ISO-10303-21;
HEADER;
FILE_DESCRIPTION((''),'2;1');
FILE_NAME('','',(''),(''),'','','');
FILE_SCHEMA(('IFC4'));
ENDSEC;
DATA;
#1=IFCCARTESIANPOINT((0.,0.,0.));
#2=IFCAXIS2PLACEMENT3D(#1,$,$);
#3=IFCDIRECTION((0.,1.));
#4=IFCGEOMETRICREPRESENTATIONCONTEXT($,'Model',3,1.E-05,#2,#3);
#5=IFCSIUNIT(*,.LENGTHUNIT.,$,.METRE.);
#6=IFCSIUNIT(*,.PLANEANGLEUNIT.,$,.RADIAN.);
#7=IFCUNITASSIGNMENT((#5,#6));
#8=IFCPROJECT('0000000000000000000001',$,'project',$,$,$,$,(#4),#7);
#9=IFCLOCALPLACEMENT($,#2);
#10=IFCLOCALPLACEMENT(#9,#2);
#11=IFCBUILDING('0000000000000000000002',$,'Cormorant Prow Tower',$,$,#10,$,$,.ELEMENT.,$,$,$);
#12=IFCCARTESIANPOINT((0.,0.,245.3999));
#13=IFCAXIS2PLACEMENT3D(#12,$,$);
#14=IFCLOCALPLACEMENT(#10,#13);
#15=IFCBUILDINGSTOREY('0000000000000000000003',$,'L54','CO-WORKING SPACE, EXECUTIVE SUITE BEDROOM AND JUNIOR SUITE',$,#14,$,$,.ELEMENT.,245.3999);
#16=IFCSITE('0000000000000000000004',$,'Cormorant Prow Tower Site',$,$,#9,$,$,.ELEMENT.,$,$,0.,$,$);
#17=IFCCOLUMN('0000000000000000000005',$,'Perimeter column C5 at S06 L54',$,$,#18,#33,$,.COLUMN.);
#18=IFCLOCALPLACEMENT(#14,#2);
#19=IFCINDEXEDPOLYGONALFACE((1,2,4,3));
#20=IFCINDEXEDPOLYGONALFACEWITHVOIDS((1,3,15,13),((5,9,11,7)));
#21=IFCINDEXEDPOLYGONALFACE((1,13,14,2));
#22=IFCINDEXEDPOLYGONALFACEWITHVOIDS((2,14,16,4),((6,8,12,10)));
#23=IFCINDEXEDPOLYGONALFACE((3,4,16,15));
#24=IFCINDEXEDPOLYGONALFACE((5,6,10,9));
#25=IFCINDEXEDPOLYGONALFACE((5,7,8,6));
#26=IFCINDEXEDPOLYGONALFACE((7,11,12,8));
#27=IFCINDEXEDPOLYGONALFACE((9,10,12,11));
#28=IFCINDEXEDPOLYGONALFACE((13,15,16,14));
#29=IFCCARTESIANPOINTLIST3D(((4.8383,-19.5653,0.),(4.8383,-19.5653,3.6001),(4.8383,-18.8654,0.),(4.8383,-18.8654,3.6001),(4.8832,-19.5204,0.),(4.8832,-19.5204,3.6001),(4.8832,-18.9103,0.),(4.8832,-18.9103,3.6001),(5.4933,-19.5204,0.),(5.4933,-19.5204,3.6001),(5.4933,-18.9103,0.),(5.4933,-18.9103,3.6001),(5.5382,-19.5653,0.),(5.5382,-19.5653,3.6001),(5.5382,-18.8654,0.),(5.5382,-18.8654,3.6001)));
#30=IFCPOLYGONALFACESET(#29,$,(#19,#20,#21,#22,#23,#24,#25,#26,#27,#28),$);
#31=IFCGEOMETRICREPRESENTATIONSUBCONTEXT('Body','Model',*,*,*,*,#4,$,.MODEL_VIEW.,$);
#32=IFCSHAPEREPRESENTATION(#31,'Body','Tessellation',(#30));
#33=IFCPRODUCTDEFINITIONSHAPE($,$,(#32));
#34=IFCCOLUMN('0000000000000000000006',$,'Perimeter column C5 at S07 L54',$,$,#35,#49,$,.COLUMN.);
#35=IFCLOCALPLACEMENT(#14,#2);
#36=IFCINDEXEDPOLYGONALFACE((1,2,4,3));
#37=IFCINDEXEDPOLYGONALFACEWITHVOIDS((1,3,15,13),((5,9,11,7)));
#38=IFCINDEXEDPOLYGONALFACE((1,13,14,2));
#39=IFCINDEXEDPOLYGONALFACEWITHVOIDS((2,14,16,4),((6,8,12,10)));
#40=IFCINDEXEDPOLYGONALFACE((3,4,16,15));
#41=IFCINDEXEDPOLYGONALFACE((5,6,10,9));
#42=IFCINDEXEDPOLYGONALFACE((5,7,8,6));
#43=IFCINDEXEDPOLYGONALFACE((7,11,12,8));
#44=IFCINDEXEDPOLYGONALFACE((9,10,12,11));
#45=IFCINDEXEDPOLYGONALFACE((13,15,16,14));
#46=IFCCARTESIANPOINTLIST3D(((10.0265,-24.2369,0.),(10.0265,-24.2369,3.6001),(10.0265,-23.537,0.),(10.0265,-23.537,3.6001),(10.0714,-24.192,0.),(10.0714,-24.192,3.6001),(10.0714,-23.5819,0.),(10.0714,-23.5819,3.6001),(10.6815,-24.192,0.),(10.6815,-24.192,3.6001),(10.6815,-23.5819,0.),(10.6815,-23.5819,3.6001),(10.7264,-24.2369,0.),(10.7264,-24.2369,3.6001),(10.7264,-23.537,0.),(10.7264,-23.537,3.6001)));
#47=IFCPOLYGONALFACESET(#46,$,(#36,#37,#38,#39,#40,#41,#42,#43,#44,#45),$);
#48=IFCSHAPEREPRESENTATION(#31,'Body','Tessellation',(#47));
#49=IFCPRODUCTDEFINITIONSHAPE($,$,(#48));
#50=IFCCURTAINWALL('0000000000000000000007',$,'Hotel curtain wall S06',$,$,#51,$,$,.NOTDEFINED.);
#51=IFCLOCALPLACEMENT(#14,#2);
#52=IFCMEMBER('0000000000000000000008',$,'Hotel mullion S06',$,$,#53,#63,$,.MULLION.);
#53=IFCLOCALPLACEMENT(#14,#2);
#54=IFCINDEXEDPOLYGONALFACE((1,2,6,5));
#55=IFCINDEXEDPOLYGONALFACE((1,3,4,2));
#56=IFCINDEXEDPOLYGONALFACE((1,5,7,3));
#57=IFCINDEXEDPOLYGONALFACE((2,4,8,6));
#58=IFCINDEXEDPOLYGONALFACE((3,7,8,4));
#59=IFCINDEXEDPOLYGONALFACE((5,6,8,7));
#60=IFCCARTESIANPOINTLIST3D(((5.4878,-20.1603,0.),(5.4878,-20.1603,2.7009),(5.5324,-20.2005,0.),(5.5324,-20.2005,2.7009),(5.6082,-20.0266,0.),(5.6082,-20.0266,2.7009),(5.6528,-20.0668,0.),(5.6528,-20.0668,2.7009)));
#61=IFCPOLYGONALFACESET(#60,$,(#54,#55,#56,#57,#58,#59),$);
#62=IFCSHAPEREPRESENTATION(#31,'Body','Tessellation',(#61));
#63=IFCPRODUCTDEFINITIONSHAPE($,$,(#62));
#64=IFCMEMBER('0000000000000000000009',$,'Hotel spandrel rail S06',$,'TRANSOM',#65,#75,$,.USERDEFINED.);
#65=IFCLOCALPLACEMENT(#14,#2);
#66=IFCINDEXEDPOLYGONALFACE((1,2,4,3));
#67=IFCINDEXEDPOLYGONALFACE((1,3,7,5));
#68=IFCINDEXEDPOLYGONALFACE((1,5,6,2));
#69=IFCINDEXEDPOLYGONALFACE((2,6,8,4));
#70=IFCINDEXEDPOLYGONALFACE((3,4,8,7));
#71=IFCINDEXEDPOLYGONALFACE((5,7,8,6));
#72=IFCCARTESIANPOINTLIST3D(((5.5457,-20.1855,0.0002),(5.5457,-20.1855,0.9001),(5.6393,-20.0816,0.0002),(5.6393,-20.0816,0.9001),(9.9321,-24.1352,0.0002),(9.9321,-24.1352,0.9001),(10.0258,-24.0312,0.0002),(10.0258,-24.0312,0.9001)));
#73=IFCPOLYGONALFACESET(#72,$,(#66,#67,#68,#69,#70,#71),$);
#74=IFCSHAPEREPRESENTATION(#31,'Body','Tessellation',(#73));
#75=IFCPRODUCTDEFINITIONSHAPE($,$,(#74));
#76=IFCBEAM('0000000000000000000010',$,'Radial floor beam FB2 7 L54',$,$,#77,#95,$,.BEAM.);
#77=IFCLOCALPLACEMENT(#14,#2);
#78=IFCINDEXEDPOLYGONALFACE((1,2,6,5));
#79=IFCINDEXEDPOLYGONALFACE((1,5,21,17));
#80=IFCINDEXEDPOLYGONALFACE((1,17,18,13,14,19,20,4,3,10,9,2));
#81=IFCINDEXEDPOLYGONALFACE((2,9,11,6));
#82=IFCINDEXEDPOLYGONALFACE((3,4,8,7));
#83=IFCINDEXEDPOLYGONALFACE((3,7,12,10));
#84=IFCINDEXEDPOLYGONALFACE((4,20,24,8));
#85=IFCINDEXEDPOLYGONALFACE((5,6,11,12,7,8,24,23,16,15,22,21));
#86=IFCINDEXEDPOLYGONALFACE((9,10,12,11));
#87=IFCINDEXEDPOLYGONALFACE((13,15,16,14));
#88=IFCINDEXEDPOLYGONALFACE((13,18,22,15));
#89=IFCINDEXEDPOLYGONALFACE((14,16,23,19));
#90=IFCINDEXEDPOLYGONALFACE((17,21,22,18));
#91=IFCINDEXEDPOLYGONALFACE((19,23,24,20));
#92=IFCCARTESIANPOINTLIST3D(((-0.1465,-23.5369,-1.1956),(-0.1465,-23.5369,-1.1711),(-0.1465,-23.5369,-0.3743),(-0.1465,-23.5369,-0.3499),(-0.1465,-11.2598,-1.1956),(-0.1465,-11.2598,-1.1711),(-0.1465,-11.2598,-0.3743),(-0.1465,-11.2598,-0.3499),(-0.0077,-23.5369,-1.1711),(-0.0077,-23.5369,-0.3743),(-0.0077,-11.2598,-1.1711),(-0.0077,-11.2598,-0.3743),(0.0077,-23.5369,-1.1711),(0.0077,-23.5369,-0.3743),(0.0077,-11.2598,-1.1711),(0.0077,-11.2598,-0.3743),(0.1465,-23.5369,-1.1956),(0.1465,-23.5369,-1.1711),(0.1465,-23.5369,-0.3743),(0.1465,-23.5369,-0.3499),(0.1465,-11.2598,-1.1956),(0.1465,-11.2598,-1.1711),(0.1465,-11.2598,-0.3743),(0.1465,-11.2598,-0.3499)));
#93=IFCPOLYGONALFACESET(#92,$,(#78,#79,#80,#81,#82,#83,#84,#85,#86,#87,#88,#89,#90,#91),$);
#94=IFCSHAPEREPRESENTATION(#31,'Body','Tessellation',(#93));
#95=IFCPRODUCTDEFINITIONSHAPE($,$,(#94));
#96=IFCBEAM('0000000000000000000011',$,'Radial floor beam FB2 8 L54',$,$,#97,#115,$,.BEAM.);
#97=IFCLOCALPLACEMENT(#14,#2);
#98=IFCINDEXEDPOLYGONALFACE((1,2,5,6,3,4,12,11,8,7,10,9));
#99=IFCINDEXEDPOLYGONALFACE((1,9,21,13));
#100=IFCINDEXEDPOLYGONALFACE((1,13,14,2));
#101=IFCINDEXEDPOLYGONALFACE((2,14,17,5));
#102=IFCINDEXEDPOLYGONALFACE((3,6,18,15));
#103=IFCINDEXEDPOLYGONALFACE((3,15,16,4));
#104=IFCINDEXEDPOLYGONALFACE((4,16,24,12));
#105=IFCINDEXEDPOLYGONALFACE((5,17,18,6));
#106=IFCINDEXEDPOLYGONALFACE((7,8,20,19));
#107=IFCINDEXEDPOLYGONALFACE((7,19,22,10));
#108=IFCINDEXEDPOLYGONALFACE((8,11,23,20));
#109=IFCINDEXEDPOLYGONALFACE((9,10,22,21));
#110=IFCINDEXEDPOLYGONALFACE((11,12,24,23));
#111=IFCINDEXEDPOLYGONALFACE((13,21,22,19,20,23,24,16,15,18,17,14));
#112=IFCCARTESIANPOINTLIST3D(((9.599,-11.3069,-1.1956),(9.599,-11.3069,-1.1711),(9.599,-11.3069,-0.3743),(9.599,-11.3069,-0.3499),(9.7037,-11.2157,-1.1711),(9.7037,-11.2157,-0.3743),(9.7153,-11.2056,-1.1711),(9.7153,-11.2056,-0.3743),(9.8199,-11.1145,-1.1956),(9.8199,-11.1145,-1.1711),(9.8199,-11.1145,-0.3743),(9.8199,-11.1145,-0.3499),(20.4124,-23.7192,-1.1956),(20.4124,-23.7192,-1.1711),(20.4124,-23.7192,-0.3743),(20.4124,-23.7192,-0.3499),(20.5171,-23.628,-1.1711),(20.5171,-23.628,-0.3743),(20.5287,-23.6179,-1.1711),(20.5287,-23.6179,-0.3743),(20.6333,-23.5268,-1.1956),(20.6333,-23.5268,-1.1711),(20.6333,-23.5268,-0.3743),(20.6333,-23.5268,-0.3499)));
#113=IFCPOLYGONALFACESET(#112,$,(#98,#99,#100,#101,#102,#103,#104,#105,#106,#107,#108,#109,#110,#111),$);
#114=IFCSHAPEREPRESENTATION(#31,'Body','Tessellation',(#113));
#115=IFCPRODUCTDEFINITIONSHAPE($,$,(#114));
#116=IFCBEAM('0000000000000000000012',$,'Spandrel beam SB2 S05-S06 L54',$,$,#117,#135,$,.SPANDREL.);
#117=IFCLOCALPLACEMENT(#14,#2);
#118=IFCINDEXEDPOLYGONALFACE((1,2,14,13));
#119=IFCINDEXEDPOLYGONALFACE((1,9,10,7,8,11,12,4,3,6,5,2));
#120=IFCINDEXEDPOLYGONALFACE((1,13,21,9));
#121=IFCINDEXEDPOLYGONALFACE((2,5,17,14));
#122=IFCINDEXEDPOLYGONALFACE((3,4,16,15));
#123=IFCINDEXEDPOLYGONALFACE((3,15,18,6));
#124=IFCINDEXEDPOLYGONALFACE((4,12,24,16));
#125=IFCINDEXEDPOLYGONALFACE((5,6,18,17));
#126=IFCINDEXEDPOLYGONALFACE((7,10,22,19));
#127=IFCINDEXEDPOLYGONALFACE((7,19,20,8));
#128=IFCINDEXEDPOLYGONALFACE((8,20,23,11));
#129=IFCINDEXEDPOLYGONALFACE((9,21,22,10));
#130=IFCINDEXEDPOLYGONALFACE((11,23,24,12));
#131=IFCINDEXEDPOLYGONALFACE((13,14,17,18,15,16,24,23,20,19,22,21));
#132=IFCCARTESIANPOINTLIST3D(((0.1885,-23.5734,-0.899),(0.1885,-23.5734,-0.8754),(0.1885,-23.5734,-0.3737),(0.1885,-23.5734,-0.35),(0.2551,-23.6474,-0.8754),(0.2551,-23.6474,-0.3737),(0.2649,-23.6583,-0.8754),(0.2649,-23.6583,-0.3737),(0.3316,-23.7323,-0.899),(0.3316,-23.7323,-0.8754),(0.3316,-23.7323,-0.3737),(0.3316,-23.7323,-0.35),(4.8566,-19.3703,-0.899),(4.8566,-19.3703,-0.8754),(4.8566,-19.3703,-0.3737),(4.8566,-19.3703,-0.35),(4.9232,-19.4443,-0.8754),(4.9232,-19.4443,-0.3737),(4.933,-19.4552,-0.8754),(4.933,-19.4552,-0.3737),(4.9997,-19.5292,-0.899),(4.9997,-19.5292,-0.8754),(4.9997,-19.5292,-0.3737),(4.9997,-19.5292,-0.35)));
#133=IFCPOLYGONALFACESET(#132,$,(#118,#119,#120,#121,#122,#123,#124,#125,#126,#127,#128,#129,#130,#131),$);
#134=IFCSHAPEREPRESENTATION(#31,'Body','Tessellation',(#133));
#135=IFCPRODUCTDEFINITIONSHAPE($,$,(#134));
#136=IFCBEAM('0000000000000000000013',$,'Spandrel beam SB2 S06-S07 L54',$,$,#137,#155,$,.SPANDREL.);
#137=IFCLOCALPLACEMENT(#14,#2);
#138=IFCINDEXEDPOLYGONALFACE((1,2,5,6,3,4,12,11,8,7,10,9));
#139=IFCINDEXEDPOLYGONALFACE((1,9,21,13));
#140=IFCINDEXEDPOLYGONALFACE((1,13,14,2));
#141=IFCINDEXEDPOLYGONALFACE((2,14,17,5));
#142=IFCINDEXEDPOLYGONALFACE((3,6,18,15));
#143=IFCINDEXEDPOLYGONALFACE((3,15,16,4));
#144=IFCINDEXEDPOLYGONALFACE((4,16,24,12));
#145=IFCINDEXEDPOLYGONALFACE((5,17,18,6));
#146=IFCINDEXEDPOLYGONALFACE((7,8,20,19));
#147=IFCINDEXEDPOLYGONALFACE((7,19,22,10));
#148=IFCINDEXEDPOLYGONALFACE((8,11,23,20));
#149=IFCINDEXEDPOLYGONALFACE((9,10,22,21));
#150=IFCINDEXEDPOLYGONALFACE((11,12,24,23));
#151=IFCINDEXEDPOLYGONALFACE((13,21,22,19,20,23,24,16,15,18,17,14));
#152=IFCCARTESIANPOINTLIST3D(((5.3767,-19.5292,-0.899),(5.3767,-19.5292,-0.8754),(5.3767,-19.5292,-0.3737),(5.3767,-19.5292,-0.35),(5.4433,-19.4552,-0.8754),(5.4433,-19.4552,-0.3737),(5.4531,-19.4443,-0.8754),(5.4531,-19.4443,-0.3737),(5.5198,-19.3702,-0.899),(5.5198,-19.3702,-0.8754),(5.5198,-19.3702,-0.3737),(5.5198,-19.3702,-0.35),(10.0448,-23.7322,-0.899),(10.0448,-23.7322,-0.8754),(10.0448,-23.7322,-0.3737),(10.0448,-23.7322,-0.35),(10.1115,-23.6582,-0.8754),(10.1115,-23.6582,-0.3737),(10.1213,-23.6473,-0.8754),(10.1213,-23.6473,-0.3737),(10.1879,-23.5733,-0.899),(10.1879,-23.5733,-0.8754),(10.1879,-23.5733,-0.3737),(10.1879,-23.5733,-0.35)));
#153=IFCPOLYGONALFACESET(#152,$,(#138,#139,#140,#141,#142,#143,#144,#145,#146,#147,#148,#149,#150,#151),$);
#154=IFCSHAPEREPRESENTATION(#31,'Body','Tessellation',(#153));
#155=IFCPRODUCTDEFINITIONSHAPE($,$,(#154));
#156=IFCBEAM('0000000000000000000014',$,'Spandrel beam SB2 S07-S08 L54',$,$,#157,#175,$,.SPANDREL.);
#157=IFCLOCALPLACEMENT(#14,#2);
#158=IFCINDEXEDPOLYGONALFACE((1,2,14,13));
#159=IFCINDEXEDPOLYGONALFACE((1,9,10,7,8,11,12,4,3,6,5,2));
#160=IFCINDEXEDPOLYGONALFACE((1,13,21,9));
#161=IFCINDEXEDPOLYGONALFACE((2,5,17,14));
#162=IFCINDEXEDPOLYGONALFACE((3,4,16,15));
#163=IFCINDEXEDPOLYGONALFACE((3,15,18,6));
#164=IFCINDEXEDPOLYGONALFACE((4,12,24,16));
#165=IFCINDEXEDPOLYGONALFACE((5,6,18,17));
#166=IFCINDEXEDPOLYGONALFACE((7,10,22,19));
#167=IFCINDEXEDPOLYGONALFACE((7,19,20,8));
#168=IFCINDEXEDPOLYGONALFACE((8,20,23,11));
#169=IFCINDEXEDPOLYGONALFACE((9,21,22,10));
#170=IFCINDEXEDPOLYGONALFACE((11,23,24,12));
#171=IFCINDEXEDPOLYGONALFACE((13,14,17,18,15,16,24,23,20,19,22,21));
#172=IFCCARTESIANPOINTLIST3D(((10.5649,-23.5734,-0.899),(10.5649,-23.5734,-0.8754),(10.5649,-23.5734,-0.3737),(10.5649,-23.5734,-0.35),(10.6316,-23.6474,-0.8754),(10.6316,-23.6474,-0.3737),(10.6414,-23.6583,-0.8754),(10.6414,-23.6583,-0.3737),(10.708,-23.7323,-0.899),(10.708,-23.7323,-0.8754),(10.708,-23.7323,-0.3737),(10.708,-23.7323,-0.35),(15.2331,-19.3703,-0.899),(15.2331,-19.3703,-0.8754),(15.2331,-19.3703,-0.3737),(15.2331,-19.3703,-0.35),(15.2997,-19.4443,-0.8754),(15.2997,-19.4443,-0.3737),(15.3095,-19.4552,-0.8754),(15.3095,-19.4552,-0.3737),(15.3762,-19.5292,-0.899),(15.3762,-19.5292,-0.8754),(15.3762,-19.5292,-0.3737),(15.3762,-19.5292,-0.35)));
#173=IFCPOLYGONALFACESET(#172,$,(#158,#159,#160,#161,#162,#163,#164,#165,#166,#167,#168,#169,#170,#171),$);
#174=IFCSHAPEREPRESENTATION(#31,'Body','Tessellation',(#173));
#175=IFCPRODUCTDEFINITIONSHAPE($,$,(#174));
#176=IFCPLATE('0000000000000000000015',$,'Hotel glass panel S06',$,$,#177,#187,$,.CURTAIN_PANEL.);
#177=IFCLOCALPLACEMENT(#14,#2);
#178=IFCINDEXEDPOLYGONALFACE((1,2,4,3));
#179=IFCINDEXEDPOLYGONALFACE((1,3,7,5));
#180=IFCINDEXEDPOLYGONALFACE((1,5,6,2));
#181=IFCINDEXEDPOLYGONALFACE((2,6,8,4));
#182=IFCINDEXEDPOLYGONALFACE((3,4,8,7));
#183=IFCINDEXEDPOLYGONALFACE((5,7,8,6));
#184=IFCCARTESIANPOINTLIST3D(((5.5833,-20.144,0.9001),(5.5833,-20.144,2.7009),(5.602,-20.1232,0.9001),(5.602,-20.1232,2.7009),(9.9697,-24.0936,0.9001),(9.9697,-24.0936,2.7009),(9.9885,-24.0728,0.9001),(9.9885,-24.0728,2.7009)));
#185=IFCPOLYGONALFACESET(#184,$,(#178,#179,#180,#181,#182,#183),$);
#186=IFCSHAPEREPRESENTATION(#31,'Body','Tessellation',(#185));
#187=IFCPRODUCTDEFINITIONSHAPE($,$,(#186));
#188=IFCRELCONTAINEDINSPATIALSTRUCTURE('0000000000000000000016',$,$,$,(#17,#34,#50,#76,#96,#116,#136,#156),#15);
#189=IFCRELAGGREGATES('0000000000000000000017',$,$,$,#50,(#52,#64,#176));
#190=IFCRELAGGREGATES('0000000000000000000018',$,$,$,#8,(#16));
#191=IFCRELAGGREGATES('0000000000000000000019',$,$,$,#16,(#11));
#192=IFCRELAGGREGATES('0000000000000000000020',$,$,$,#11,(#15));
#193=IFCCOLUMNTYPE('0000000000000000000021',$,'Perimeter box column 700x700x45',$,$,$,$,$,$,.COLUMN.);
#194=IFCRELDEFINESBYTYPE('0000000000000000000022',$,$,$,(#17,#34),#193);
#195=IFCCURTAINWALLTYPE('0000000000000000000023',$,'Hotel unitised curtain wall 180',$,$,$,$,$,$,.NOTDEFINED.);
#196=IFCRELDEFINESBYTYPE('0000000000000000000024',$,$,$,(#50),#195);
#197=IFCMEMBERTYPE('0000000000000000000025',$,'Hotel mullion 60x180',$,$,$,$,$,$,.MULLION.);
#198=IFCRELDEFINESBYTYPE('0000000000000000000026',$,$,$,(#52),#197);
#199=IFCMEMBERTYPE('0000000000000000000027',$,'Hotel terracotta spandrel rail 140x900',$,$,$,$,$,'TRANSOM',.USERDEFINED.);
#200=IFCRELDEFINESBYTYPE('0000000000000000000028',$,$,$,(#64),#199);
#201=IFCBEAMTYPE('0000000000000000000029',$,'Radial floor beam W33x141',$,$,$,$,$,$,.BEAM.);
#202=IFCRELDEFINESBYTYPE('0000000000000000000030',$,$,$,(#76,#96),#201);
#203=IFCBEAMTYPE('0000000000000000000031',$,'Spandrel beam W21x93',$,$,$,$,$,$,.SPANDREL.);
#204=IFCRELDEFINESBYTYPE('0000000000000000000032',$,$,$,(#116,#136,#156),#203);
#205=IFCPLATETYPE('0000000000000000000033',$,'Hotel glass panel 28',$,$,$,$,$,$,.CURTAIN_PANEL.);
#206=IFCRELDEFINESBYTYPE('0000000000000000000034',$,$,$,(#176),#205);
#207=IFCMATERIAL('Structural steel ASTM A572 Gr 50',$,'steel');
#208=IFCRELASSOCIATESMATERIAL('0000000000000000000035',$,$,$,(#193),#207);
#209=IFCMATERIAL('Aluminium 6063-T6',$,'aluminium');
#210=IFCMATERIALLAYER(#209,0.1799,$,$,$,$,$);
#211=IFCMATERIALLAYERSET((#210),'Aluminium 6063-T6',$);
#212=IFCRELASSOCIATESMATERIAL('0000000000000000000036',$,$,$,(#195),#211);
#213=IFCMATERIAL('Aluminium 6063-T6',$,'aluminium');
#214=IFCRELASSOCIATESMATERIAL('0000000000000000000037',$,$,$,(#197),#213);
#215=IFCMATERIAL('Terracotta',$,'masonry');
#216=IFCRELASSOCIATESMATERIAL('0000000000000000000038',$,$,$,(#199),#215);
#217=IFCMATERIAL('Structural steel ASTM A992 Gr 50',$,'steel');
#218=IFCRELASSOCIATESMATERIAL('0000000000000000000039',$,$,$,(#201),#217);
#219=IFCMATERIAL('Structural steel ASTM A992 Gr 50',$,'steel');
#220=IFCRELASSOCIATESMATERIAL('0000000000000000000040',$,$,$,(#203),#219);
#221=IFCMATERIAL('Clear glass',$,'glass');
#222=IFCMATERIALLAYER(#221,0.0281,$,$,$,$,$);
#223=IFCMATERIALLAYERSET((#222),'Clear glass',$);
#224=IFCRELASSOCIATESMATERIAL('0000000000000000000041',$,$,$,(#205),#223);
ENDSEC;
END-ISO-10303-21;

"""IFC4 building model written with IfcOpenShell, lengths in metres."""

from ifc_helpers import new_model, si_unit, direction, frame, origin, origin_2d, place, context, subcontext, project, spatial, rectangle, hollow_rectangle, i_section, extrude, material, layer, layer_set, material_profile, profile_set, type_object, element, aggregate, save


model = new_model("IFC4")

# Units and contexts
model_context = context("Model", 3, precision=1e-05, world=origin(), true_north=direction((0.0, 1.0)))
body_context = subcontext(model_context, "Body", "Model", "MODEL_VIEW")
ifc_project = project(units=[si_unit("LENGTHUNIT", "METRE"), si_unit("PLANEANGLEUNIT", "RADIAN")], contexts=[model_context])

# Site, building, storey
site_placement = place(None, origin())
site = spatial("IfcSite", under=ifc_project, at=site_placement, Name="Cormorant Prow Tower Site", CompositionType="ELEMENT", RefElevation=0.0)
building_placement = place(site_placement, origin())
building = spatial("IfcBuilding", under=site, at=building_placement, Name="Cormorant Prow Tower", CompositionType="ELEMENT")
storey_placement = place(building_placement, frame((0.0, 0.0, 245.3999)))
storey = spatial("IfcBuildingStorey", under=building, at=storey_placement, Name="L54", Description="CO-WORKING SPACE, EXECUTIVE SUITE BEDROOM AND JUNIOR SUITE", CompositionType="ELEMENT", Elevation=245.3999)

# Columns
ifc_material_1 = material(Name="Structural steel ASTM A572 Gr 50", Category="steel")
ifc_material_profile_1 = material_profile(ifc_material_1, hollow_rectangle(XDim=0.7, YDim=0.7, WallThickness=0.0449, at=origin_2d()), Name="Box 700x700x45")
ifc_profile_set_1 = profile_set([ifc_material_profile_1], Name="Structural steel ASTM A572 Gr 50")
column_type = type_object("IfcColumnType", Name="Perimeter box column 700x700x45", PredefinedType="COLUMN", material=ifc_profile_set_1)
for number, where, z_axis, x_axis, name in (
    (1, (5.1882, -19.2153, 0.0), (0.0, 0.0, 1.0), (1.0, 0.0, 0.0), "Perimeter column C5 at S06 L54"),
    (2, (10.3765, -23.887, 0.0), (0.0, 0.0, 1.0), (1.0, 0.0, 0.0), "Perimeter column C5 at S07 L54"),
):
    element("IfcColumn", number, at=place(storey_placement, frame(where, z_axis=z_axis, x_axis=x_axis)), inside=storey, type_object=column_type, Name=name, PredefinedType="COLUMN", context=body_context, shape_type="SweptSolid", body=[
        extrude(hollow_rectangle(XDim=0.7, YDim=0.7, WallThickness=0.0449, at=origin_2d()), origin(), (0.0, 0.0, 1.0), 3.6001),
    ])

# Curtain wall, members
ifc_material_2 = material(Name="Aluminium 6063-T6", Category="aluminium")
ifc_layer_1 = layer(ifc_material_2, 0.1799)
ifc_layer_set_1 = layer_set([ifc_layer_1], Name="Aluminium 6063-T6")
curtain_wall_type = type_object("IfcCurtainWallType", Name="Hotel unitised curtain wall 180", PredefinedType="NOTDEFINED", material=ifc_layer_set_1)
curtain_wall_placement = place(storey_placement, origin())
curtain_wall = element("IfcCurtainWall", 3, at=curtain_wall_placement, inside=storey, type_object=curtain_wall_type, Name="Hotel curtain wall S06", PredefinedType="NOTDEFINED")
ifc_material_3 = material(Name="Aluminium 6063-T6", Category="aluminium")
ifc_material_profile_2 = material_profile(ifc_material_3, rectangle(XDim=0.1799, YDim=0.0601, at=origin_2d()), Name="Hotel mullion 60x180")
ifc_profile_set_2 = profile_set([ifc_material_profile_2], Name="Aluminium 6063-T6")
member_type_1 = type_object("IfcMemberType", Name="Hotel mullion 60x180", PredefinedType="MULLION", material=ifc_profile_set_2)
member_1_placement = place(storey_placement, frame((5.5703, -20.1135, 0.0), z_axis=(0.0, 0.0, 1.0), x_axis=(0.669131, 0.743145, 0.0)))
member_1 = element("IfcMember", 4, at=member_1_placement, type_object=member_type_1, Name="Hotel mullion S06", PredefinedType="MULLION", context=body_context, shape_type="SweptSolid", body=[
    extrude(rectangle(XDim=0.1799, YDim=0.0601, at=origin_2d()), origin(), (0.0, 0.0, 1.0), 2.7009),
])
ifc_material_4 = material(Name="Terracotta", Category="masonry")
ifc_material_profile_3 = material_profile(ifc_material_4, rectangle(XDim=0.1399, YDim=0.8999, at=origin_2d()), Name="Hotel terracotta spandrel rail 140x900")
ifc_profile_set_3 = profile_set([ifc_material_profile_3], Name="Terracotta")
member_type_2 = type_object("IfcMemberType", Name="Hotel terracotta spandrel rail 140x900", ElementType="TRANSOM", PredefinedType="USERDEFINED", material=ifc_profile_set_3)
member_2_placement = place(storey_placement, frame((5.5925, -20.1335, 0.4502), z_axis=(0.743136, -0.669141, 0.0), x_axis=(0.669141, 0.743136, 0.0)))
member_2 = element("IfcMember", 5, at=member_2_placement, type_object=member_type_2, Name="Hotel spandrel rail S06", ObjectType="TRANSOM", PredefinedType="USERDEFINED", context=body_context, shape_type="SweptSolid", body=[
    extrude(rectangle(XDim=0.1399, YDim=0.8999, at=origin_2d()), origin(), (0.0, 0.0, 1.0), 5.9026),
])

# Beams
ifc_material_5 = material(Name="Structural steel ASTM A992 Gr 50", Category="steel")
ifc_material_profile_4 = material_profile(ifc_material_5, i_section(OverallWidth=0.293, OverallDepth=0.8457, WebThickness=0.0154, FlangeThickness=0.0244, at=origin_2d()), Name="W33x141")
ifc_profile_set_4 = profile_set([ifc_material_profile_4], Name="Structural steel ASTM A992 Gr 50")
beam_type_1 = type_object("IfcBeamType", Name="Radial floor beam W33x141", PredefinedType="BEAM", material=ifc_profile_set_4)
beam_1_placement = place(storey_placement, frame((0.0, -11.2598, -0.7727), z_axis=(0.0, -1.0, 0.0), x_axis=(1.0, 0.0, 0.0)))
element("IfcBeam", 6, at=beam_1_placement, inside=storey, type_object=beam_type_1, Name="Radial floor beam FB2 7 L54", PredefinedType="BEAM", context=body_context, shape_type="SweptSolid", body=[
    extrude(i_section(OverallWidth=0.293, OverallDepth=0.8457, WebThickness=0.0154, FlangeThickness=0.0244, at=origin_2d()), origin(), (0.0, 0.0, 1.0), 12.2771),
])
beam_2_placement = place(storey_placement, frame((9.7095, -11.2107, -0.7727), z_axis=(0.656875, -0.754, 0.0), x_axis=(0.754, 0.656875, 0.0)))
element("IfcBeam", 7, at=beam_2_placement, inside=storey, type_object=beam_type_1, Name="Radial floor beam FB2 8 L54", PredefinedType="BEAM", context=body_context, shape_type="SweptSolid", body=[
    extrude(i_section(OverallWidth=0.293, OverallDepth=0.8457, WebThickness=0.0154, FlangeThickness=0.0244, at=origin_2d()), origin(), (0.0, 0.0, 1.0), 16.4619),
])
ifc_material_6 = material(Name="Structural steel ASTM A992 Gr 50", Category="steel")
ifc_material_profile_5 = material_profile(ifc_material_6, i_section(OverallWidth=0.2139, OverallDepth=0.5491, WebThickness=0.0146, FlangeThickness=0.0237, at=origin_2d()), Name="W21x93")
ifc_profile_set_5 = profile_set([ifc_material_profile_5], Name="Structural steel ASTM A992 Gr 50")
beam_type_2 = type_object("IfcBeamType", Name="Spandrel beam W21x93", PredefinedType="SPANDREL", material=ifc_profile_set_5)
for number, where, z_axis, x_axis, name in (
    (8, (0.26, -23.6528, -0.6245), (0.743157, 0.669117, 0.0), (-0.669117, 0.743157, 0.0), "Spandrel beam SB2 S05-S06 L54"),
    (9, (5.4482, -19.4497, -0.6245), (0.743157, -0.669117, 0.0), (0.669117, 0.743157, 0.0), "Spandrel beam SB2 S06-S07 L54"),
    (10, (10.6365, -23.6528, -0.6245), (0.743157, 0.669117, 0.0), (-0.669117, 0.743157, 0.0), "Spandrel beam SB2 S07-S08 L54"),
):
    element("IfcBeam", number, at=place(storey_placement, frame(where, z_axis=z_axis, x_axis=x_axis)), inside=storey, type_object=beam_type_2, Name=name, PredefinedType="SPANDREL", context=body_context, shape_type="SweptSolid", body=[
        extrude(i_section(OverallWidth=0.2139, OverallDepth=0.5491, WebThickness=0.0146, FlangeThickness=0.0237, at=origin_2d()), origin(), (0.0, 0.0, 1.0), 6.2815),
    ])

# Plate
ifc_material_7 = material(Name="Clear glass", Category="glass")
ifc_layer_2 = layer(ifc_material_7, 0.0281)
ifc_layer_set_2 = layer_set([ifc_layer_2], Name="Clear glass")
plate_type = type_object("IfcPlateType", Name="Hotel glass panel 28", PredefinedType="CURTAIN_PANEL", material=ifc_layer_set_2)
plate_placement = place(storey_placement, frame((7.7859, -22.1084, 0.9001), z_axis=(0.0, 0.0, 1.0), x_axis=(0.743145, -0.669131, 0.0)))
plate = element("IfcPlate", 11, at=plate_placement, type_object=plate_type, Name="Hotel glass panel S06", PredefinedType="CURTAIN_PANEL", context=body_context, shape_type="SweptSolid", body=[
    extrude(rectangle(XDim=5.9026, YDim=0.0281, at=origin_2d()), origin(), (0.0, 0.0, 1.0), 1.8008),
])
aggregate(curtain_wall, [member_1, member_2, plate])

save(model, "model.ifc")
